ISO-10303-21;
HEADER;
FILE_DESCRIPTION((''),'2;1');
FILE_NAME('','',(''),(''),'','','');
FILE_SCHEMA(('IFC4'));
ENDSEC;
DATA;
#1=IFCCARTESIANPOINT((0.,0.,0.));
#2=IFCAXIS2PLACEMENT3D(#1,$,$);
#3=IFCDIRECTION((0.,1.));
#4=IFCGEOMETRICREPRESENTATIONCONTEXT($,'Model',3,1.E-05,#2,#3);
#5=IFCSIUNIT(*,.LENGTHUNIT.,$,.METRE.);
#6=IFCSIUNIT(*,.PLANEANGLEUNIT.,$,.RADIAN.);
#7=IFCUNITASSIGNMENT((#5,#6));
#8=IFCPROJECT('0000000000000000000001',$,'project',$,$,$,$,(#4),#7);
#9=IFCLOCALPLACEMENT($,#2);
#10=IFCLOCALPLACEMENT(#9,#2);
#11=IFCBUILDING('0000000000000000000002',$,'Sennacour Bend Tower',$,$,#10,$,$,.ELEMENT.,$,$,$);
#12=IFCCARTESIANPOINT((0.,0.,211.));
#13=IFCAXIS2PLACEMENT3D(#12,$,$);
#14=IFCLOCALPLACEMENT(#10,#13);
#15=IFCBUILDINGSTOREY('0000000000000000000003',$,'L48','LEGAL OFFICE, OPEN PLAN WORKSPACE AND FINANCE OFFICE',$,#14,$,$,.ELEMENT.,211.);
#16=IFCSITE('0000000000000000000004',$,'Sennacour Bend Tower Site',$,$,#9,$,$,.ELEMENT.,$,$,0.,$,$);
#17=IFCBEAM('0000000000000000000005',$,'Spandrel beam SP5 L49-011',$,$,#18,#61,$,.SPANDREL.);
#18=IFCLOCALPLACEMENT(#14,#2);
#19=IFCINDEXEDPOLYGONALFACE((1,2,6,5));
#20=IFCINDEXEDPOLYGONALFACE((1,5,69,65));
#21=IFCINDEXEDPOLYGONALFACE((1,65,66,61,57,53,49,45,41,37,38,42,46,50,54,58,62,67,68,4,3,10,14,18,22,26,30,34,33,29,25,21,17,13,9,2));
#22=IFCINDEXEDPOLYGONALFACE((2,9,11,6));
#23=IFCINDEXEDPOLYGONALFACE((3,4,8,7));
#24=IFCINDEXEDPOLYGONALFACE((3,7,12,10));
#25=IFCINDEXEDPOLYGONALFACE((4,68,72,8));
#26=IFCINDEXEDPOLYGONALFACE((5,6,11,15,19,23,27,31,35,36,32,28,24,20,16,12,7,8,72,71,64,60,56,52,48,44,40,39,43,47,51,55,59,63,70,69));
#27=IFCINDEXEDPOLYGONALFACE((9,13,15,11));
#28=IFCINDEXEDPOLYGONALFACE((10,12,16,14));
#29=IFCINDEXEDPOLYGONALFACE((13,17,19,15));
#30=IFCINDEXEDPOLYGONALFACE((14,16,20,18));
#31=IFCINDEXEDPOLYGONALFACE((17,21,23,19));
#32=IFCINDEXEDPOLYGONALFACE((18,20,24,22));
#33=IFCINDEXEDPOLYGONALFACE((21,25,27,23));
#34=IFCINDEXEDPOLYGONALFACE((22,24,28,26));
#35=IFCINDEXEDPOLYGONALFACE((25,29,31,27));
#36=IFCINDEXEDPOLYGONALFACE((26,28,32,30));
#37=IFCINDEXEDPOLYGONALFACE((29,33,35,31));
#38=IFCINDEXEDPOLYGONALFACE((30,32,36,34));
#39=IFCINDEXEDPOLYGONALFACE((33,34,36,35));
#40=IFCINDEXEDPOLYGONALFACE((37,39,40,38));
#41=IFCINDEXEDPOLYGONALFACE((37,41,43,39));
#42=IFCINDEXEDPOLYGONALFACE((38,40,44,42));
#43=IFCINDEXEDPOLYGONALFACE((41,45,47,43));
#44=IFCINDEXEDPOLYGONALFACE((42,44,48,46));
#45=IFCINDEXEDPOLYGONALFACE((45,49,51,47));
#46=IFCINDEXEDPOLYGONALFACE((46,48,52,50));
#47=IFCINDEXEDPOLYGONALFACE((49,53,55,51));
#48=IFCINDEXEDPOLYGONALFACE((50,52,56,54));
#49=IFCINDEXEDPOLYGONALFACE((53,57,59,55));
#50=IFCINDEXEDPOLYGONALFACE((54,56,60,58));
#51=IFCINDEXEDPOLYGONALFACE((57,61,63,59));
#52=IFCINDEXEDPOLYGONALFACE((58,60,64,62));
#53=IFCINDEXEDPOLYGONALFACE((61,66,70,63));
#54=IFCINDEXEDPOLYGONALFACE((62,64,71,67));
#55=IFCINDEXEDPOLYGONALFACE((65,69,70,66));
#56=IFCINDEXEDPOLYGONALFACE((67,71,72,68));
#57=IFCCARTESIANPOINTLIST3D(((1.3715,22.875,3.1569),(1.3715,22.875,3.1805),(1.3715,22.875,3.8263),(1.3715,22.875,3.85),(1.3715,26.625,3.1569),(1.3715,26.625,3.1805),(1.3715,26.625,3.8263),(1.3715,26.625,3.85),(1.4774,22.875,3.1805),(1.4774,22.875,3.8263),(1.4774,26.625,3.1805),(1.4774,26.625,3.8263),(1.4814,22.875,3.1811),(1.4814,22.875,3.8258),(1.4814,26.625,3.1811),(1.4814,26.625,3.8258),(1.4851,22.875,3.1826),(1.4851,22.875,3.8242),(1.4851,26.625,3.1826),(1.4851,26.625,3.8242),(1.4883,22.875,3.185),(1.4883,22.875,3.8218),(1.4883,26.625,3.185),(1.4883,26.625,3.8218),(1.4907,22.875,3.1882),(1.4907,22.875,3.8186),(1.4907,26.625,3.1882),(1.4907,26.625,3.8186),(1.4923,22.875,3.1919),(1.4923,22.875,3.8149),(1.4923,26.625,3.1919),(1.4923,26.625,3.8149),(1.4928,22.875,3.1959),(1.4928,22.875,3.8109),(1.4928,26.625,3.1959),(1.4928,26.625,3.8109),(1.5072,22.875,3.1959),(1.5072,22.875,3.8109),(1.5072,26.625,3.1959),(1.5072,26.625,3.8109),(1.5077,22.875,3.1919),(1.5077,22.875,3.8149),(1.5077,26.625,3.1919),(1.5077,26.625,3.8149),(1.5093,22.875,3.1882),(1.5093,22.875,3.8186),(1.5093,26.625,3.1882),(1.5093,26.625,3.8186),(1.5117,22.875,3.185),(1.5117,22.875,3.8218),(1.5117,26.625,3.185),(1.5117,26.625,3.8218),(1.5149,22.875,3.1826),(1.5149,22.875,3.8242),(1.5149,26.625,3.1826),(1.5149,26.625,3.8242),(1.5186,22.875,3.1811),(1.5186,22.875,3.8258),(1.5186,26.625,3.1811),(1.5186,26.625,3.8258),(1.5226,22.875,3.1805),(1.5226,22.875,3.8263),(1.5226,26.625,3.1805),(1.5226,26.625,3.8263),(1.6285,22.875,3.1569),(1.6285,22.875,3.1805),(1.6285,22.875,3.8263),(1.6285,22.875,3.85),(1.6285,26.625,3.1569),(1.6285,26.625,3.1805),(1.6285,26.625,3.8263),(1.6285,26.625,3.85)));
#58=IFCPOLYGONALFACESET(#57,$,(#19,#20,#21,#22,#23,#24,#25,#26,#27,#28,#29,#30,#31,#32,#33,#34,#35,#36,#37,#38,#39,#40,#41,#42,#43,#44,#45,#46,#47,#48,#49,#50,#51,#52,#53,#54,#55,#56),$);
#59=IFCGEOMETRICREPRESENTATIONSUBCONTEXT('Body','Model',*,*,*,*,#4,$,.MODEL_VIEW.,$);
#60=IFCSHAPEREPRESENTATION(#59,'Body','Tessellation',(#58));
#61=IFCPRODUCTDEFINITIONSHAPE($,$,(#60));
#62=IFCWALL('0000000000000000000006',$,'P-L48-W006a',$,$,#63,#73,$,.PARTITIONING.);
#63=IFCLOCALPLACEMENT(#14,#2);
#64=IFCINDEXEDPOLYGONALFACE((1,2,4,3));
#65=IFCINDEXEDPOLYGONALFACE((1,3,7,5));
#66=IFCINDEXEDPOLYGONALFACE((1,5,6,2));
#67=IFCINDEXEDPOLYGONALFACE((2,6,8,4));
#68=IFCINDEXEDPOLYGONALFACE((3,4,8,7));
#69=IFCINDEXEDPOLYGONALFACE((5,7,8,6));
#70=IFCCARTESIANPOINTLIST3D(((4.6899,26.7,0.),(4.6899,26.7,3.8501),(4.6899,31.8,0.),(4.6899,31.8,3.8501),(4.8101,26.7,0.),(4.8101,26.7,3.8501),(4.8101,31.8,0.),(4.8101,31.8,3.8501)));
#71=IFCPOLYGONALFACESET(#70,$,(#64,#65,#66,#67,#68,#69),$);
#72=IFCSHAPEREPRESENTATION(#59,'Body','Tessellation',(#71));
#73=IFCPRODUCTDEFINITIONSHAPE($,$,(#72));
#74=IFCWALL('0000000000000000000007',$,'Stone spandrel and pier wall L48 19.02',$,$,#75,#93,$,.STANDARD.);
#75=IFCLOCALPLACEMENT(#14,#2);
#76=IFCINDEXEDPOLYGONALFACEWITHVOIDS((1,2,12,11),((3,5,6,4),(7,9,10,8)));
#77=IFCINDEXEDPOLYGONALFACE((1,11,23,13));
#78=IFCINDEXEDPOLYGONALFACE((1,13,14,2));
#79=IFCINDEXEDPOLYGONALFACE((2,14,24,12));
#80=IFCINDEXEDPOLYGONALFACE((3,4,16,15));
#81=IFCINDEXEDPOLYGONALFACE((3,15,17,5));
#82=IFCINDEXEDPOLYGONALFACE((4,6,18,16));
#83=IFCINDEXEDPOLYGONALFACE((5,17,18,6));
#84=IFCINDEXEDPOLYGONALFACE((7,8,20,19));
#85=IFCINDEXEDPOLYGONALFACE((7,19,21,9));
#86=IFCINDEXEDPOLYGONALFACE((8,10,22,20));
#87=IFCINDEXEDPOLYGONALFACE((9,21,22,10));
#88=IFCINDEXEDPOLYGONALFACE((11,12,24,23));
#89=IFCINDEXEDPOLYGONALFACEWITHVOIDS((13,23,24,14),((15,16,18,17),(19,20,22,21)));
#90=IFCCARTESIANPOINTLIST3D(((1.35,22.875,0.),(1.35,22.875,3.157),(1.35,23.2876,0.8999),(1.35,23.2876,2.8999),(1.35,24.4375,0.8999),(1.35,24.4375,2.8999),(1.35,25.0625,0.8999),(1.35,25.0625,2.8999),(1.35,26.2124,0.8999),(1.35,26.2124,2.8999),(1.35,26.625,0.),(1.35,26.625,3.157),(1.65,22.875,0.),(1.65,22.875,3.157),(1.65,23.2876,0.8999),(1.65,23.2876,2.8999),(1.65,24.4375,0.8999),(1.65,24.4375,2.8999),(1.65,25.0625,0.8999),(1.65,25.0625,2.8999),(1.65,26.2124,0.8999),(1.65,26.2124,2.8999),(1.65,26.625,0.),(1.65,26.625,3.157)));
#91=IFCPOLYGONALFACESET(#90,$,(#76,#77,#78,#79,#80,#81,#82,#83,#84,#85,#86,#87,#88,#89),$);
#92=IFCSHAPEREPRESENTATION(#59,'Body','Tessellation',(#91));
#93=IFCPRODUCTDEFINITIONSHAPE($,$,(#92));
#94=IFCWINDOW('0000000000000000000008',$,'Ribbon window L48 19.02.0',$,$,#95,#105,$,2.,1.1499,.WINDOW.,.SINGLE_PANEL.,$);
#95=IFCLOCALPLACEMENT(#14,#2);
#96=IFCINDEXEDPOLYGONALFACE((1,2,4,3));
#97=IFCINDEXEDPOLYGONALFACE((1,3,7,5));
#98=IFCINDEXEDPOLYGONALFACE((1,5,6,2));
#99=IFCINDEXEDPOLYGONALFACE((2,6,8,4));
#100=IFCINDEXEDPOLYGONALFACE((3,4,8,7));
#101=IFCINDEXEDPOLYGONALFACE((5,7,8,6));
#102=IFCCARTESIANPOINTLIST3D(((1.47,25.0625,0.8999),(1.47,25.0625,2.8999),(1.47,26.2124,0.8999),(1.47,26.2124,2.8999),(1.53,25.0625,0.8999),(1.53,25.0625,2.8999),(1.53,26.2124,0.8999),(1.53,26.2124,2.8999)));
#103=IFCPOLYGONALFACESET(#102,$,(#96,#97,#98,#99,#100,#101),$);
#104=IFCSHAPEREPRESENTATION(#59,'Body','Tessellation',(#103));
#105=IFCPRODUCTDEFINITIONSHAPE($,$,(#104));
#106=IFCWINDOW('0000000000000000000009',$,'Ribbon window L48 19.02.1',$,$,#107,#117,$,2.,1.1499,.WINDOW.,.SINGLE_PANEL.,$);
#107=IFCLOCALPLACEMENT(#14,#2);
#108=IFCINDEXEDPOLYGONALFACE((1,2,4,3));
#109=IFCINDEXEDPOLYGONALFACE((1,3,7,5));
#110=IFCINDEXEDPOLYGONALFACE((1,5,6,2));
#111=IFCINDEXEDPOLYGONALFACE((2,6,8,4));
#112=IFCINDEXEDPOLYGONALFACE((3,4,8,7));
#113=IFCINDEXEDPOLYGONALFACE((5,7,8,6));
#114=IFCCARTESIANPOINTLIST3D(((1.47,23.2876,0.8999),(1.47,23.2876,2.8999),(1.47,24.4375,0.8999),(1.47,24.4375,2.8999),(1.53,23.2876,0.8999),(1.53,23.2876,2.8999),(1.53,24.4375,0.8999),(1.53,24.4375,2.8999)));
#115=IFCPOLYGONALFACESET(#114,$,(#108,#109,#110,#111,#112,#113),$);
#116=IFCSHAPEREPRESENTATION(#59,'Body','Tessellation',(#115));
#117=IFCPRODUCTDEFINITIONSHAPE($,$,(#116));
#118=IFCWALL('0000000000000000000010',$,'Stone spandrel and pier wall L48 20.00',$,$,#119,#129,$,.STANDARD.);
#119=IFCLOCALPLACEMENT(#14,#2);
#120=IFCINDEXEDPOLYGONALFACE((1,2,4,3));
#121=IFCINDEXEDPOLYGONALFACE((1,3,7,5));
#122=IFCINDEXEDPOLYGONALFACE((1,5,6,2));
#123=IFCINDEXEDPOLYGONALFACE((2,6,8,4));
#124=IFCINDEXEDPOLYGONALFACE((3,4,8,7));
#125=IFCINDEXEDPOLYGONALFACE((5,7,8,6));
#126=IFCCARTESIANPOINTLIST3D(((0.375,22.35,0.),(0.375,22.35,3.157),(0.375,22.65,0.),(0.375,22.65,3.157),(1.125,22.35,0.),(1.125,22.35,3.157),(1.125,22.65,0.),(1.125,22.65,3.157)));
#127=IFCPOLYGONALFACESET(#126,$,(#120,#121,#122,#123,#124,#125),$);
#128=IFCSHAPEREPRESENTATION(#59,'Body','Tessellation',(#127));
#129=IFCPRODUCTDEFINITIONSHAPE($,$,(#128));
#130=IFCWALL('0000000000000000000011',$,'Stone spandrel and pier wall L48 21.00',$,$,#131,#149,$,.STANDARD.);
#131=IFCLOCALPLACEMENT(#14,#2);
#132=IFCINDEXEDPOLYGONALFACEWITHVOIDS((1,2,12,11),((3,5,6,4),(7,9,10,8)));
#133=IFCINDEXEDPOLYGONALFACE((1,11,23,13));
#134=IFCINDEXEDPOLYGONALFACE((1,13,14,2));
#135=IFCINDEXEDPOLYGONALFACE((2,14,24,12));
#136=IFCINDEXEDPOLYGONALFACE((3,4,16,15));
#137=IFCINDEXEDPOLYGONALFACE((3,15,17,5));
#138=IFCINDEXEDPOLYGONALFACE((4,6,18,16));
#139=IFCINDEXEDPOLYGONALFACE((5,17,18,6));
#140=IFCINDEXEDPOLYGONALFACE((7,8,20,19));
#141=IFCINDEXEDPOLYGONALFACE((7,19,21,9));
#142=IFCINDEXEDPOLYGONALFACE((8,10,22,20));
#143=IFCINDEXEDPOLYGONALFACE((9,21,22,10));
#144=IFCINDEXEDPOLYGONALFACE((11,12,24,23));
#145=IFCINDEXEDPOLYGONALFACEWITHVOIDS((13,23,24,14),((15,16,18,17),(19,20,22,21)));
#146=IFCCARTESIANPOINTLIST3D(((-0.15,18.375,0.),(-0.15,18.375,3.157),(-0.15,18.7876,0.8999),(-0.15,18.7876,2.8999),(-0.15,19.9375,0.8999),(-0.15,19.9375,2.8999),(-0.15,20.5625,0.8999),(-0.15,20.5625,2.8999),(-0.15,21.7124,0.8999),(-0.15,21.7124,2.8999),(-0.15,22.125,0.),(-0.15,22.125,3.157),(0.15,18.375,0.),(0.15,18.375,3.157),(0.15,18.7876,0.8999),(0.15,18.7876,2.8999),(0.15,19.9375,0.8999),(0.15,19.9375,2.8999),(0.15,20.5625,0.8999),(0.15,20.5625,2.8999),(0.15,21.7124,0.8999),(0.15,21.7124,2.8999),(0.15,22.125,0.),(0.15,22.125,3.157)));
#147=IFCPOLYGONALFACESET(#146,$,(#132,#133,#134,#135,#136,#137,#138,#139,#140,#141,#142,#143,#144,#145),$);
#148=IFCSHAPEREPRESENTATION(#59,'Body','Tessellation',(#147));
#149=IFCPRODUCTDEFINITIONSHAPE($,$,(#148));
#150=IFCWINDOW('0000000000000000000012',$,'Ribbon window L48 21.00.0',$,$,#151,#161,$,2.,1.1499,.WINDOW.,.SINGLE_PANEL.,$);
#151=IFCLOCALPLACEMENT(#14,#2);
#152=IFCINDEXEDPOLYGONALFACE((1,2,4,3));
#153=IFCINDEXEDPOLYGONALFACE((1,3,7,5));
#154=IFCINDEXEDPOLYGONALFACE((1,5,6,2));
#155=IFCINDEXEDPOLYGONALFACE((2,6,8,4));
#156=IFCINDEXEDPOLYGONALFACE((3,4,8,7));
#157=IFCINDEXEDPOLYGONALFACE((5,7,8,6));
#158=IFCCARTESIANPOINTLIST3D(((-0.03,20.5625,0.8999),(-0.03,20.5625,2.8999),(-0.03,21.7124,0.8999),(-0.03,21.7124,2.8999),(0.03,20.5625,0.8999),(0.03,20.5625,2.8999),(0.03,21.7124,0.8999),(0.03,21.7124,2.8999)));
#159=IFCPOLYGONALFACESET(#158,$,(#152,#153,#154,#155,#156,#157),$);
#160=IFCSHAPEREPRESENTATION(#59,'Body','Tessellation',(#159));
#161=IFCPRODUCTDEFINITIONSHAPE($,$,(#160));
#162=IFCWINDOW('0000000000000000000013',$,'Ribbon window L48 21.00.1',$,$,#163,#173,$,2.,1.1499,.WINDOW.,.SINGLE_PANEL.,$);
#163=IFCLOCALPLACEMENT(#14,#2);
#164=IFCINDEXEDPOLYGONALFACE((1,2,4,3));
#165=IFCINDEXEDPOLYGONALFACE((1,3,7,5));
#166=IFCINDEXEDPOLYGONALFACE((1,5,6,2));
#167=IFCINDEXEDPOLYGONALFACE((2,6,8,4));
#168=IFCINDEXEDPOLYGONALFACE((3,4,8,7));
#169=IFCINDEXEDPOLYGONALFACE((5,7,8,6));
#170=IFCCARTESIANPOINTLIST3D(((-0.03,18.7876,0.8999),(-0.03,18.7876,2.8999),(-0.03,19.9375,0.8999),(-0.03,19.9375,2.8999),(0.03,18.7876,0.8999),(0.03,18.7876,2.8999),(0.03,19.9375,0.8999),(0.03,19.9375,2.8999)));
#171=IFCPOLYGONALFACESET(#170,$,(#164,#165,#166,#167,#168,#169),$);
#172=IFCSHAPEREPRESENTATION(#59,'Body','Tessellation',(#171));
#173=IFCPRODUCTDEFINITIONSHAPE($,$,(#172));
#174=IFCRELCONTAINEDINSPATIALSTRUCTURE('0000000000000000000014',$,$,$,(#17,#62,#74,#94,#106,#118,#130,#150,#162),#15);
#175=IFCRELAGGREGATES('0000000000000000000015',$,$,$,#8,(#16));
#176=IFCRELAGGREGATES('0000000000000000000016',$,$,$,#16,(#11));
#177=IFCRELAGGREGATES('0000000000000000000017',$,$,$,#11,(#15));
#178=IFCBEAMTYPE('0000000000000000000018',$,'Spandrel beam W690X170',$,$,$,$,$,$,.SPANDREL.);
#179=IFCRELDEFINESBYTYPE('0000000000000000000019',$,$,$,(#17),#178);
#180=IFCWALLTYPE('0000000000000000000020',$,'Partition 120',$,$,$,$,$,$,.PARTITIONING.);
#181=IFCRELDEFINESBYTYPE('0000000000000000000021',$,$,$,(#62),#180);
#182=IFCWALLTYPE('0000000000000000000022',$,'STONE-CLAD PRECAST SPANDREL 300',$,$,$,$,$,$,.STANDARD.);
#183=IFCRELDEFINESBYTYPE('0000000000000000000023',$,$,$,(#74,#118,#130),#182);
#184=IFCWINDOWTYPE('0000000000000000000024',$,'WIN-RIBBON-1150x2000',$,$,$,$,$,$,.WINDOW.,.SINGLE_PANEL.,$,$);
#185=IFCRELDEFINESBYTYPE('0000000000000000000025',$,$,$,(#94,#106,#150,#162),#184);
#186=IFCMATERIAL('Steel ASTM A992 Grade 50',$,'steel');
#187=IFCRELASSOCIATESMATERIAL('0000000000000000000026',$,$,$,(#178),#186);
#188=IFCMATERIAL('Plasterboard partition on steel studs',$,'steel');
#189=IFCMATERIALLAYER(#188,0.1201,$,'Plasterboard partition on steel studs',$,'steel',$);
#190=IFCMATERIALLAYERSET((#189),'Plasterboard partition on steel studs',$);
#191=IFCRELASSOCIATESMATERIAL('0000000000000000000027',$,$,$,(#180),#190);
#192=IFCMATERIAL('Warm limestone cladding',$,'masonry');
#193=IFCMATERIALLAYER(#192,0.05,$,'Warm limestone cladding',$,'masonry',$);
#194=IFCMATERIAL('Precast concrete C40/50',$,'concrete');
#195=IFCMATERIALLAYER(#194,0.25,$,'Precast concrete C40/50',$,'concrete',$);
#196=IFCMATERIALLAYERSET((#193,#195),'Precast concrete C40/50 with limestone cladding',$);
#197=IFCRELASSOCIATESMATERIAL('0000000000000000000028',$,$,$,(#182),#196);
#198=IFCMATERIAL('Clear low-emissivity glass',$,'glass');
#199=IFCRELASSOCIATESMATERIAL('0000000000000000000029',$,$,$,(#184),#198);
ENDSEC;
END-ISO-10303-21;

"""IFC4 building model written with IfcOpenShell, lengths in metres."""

from ifc_helpers import new_model, si_unit, direction, frame, frame_2d, origin, origin_2d, place, context, subcontext, project, spatial, rectangle, i_section, extrude, material, layer, layer_set, material_profile, profile_set, type_object, element, fill, save


model = new_model("IFC4")

# Units and contexts
model_context = context("Model", 3, precision=1e-05, world=origin(), true_north=direction((0.0, 1.0)))
body_context = subcontext(model_context, "Body", "Model", "MODEL_VIEW")
ifc_project = project(units=[si_unit("LENGTHUNIT", "METRE"), si_unit("PLANEANGLEUNIT", "RADIAN")], contexts=[model_context])

# Site, building, storey
site_placement = place(None, origin())
site = spatial("IfcSite", under=ifc_project, at=site_placement, Name="Sennacour Bend Tower Site", CompositionType="ELEMENT", RefElevation=0.0)
building_placement = place(site_placement, origin())
building = spatial("IfcBuilding", under=site, at=building_placement, Name="Sennacour Bend Tower", CompositionType="ELEMENT")
storey_placement = place(building_placement, frame((0.0, 0.0, 211.0)))
storey = spatial("IfcBuildingStorey", under=building, at=storey_placement, Name="L48", Description="LEGAL OFFICE, OPEN PLAN WORKSPACE AND FINANCE OFFICE", CompositionType="ELEMENT", Elevation=211.0)

# Beam
ifc_material_1 = material(Name="Steel ASTM A992 Grade 50", Category="steel")
ifc_material_profile_1 = material_profile(ifc_material_1, i_section(OverallWidth=0.2571, OverallDepth=0.6931, WebThickness=0.0144, FlangeThickness=0.0237, FilletRadius=0.0154, at=origin_2d()), Name="Steel ASTM A992 Grade 50", Category="steel")
ifc_profile_set_1 = profile_set([ifc_material_profile_1], Name="Steel ASTM A992 Grade 50")
beam_type_1 = type_object("IfcBeamType", Name="Spandrel beam W690X170", PredefinedType="SPANDREL", material=ifc_profile_set_1)
beam_1_placement = place(storey_placement, frame((1.5, 22.875, 3.5034), z_axis=(0.0, 1.0, 0.0), x_axis=(-1.0, 0.0, 0.0)))
element("IfcBeam", 1, at=beam_1_placement, inside=storey, type_object=beam_type_1, Name="Spandrel beam SP5 L49-011", PredefinedType="SPANDREL", context=body_context, shape_type="SweptSolid", body=[
    extrude(i_section(OverallWidth=0.2571, OverallDepth=0.6931, WebThickness=0.0144, FlangeThickness=0.0237, FilletRadius=0.0154, at=origin_2d()), origin(), (0.0, 0.0, 1.0), 3.75),
])

# Wall
ifc_material_2 = material(Name="Plasterboard partition on steel studs", Category="steel")
ifc_layer_1 = layer(ifc_material_2, 0.1201, Name="Plasterboard partition on steel studs", Category="steel")
ifc_layer_set_1 = layer_set([ifc_layer_1], Name="Plasterboard partition on steel studs")
wall_type_1 = type_object("IfcWallType", Name="Partition 120", PredefinedType="PARTITIONING", material=ifc_layer_set_1)
wall_1_placement = place(storey_placement, frame((4.75, 26.7, 0.0), z_axis=(0.0, 0.0, 1.0), x_axis=(0.0, 1.0, 0.0)))
element("IfcWall", 2, at=wall_1_placement, inside=storey, type_object=wall_type_1, Name="P-L48-W006a", PredefinedType="PARTITIONING", context=body_context, shape_type="SweptSolid", body=[
    extrude(rectangle(XDim=5.1001, YDim=0.1201, at=frame_2d((2.55, 0.0))), origin(), (0.0, 0.0, 1.0), 3.8501),
])

# Wall, openings, windows
ifc_material_3 = material(Name="Warm limestone cladding", Category="masonry")
ifc_layer_2 = layer(ifc_material_3, 0.05, Name="Warm limestone cladding", Category="masonry")
ifc_material_4 = material(Name="Precast concrete C40/50", Category="concrete")
ifc_layer_3 = layer(ifc_material_4, 0.25, Name="Precast concrete C40/50", Category="concrete")
ifc_layer_set_2 = layer_set([ifc_layer_2, ifc_layer_3], Name="Precast concrete C40/50 with limestone cladding")
wall_type_2 = type_object("IfcWallType", Name="STONE-CLAD PRECAST SPANDREL 300", PredefinedType="STANDARD", material=ifc_layer_set_2)
wall_2_placement = place(storey_placement, frame((1.5, 26.625, 0.0), z_axis=(0.0, 0.0, 1.0), x_axis=(0.0, -1.0, 0.0)))
wall_2 = element("IfcWall", 3, at=wall_2_placement, inside=storey, type_object=wall_type_2, Name="Stone spandrel and pier wall L48 19.02", PredefinedType="STANDARD", context=body_context, shape_type="SweptSolid", body=[
    extrude(rectangle(XDim=3.75, YDim=0.3, at=frame_2d((1.875, 0.0))), origin(), (0.0, 0.0, 1.0), 3.157),
])
opening_1_placement = place(wall_2_placement, frame((0.4126, 0.0, 0.8999)))
opening_1 = element("IfcOpeningElement", 4, at=opening_1_placement, cuts=wall_2, PredefinedType="OPENING", context=body_context, shape_type="SweptSolid", body=[
    extrude(rectangle(XDim=1.1499, YDim=2.0, at=frame_2d((0.575, 1.0))), frame((0.0, 0.1602, 0.0), z_axis=(0.0, -1.0, 0.0), x_axis=(1.0, 0.0, 0.0)), (0.0, 0.0, 1.0), 0.3201),
])
opening_2_placement = place(wall_2_placement, frame((2.1875, 0.0, 0.8999)))
opening_2 = element("IfcOpeningElement", 5, at=opening_2_placement, cuts=wall_2, PredefinedType="OPENING", context=body_context, shape_type="SweptSolid", body=[
    extrude(rectangle(XDim=1.1499, YDim=2.0, at=frame_2d((0.575, 1.0))), frame((0.0, 0.1602, 0.0), z_axis=(0.0, -1.0, 0.0), x_axis=(1.0, 0.0, 0.0)), (0.0, 0.0, 1.0), 0.3201),
])
ifc_material_5 = material(Name="Clear low-emissivity glass", Category="glass")
window_type = type_object("IfcWindowType", Name="WIN-RIBBON-1150x2000", PartitioningType="SINGLE_PANEL", PredefinedType="WINDOW", material=ifc_material_5)
window_1_placement = place(opening_1_placement, origin())
window_1 = element("IfcWindow", 6, at=window_1_placement, inside=storey, type_object=window_type, Name="Ribbon window L48 19.02.0", OverallHeight=2.0, OverallWidth=1.1499, PartitioningType="SINGLE_PANEL", PredefinedType="WINDOW", context=body_context, shape_type="SweptSolid", body=[
    extrude(rectangle(XDim=1.1499, YDim=2.0, at=frame_2d((0.575, 1.0))), frame((0.0, 0.03, 0.0), z_axis=(0.0, -1.0, 0.0), x_axis=(1.0, 0.0, 0.0)), (0.0, 0.0, 1.0), 0.0601),
])
fill(opening_1, window_1)
window_2_placement = place(opening_2_placement, origin())
window_2 = element("IfcWindow", 7, at=window_2_placement, inside=storey, type_object=window_type, Name="Ribbon window L48 19.02.1", OverallHeight=2.0, OverallWidth=1.1499, PartitioningType="SINGLE_PANEL", PredefinedType="WINDOW", context=body_context, shape_type="SweptSolid", body=[
    extrude(rectangle(XDim=1.1499, YDim=2.0, at=frame_2d((0.575, 1.0))), frame((0.0, 0.03, 0.0), z_axis=(0.0, -1.0, 0.0), x_axis=(1.0, 0.0, 0.0)), (0.0, 0.0, 1.0), 0.0601),
])
fill(opening_2, window_2)

# Wall
wall_3_placement = place(storey_placement, frame((1.125, 22.5, 0.0), z_axis=(0.0, 0.0, 1.0), x_axis=(-1.0, 0.0, 0.0)))
element("IfcWall", 8, at=wall_3_placement, inside=storey, type_object=wall_type_2, Name="Stone spandrel and pier wall L48 20.00", PredefinedType="STANDARD", context=body_context, shape_type="SweptSolid", body=[
    extrude(rectangle(XDim=0.75, YDim=0.3, at=frame_2d((0.375, 0.0))), origin(), (0.0, 0.0, 1.0), 3.157),
])

# Wall, openings, windows
wall_4_placement = place(storey_placement, frame((0.0, 22.125, 0.0), z_axis=(0.0, 0.0, 1.0), x_axis=(0.0, -1.0, 0.0)))
wall_4 = element("IfcWall", 9, at=wall_4_placement, inside=storey, type_object=wall_type_2, Name="Stone spandrel and pier wall L48 21.00", PredefinedType="STANDARD", context=body_context, shape_type="SweptSolid", body=[
    extrude(rectangle(XDim=3.75, YDim=0.3, at=frame_2d((1.875, 0.0))), origin(), (0.0, 0.0, 1.0), 3.157),
])
opening_3_placement = place(wall_4_placement, frame((0.4126, 0.0, 0.8999)))
opening_3 = element("IfcOpeningElement", 10, at=opening_3_placement, cuts=wall_4, PredefinedType="OPENING", context=body_context, shape_type="SweptSolid", body=[
    extrude(rectangle(XDim=1.1499, YDim=2.0, at=frame_2d((0.575, 1.0))), frame((0.0, 0.1602, 0.0), z_axis=(0.0, -1.0, 0.0), x_axis=(1.0, 0.0, 0.0)), (0.0, 0.0, 1.0), 0.3201),
])
opening_4_placement = place(wall_4_placement, frame((2.1875, 0.0, 0.8999)))
opening_4 = element("IfcOpeningElement", 11, at=opening_4_placement, cuts=wall_4, PredefinedType="OPENING", context=body_context, shape_type="SweptSolid", body=[
    extrude(rectangle(XDim=1.1499, YDim=2.0, at=frame_2d((0.575, 1.0))), frame((0.0, 0.1602, 0.0), z_axis=(0.0, -1.0, 0.0), x_axis=(1.0, 0.0, 0.0)), (0.0, 0.0, 1.0), 0.3201),
])
window_3_placement = place(opening_3_placement, origin())
window_3 = element("IfcWindow", 12, at=window_3_placement, inside=storey, type_object=window_type, Name="Ribbon window L48 21.00.0", OverallHeight=2.0, OverallWidth=1.1499, PartitioningType="SINGLE_PANEL", PredefinedType="WINDOW", context=body_context, shape_type="SweptSolid", body=[
    extrude(rectangle(XDim=1.1499, YDim=2.0, at=frame_2d((0.575, 1.0))), frame((0.0, 0.03, 0.0), z_axis=(0.0, -1.0, 0.0), x_axis=(1.0, 0.0, 0.0)), (0.0, 0.0, 1.0), 0.0601),
])
fill(opening_3, window_3)
window_4_placement = place(opening_4_placement, origin())
window_4 = element("IfcWindow", 13, at=window_4_placement, inside=storey, type_object=window_type, Name="Ribbon window L48 21.00.1", OverallHeight=2.0, OverallWidth=1.1499, PartitioningType="SINGLE_PANEL", PredefinedType="WINDOW", context=body_context, shape_type="SweptSolid", body=[
    extrude(rectangle(XDim=1.1499, YDim=2.0, at=frame_2d((0.575, 1.0))), frame((0.0, 0.03, 0.0), z_axis=(0.0, -1.0, 0.0), x_axis=(1.0, 0.0, 0.0)), (0.0, 0.0, 1.0), 0.0601),
])
fill(opening_4, window_4)

save(model, "model.ifc")
